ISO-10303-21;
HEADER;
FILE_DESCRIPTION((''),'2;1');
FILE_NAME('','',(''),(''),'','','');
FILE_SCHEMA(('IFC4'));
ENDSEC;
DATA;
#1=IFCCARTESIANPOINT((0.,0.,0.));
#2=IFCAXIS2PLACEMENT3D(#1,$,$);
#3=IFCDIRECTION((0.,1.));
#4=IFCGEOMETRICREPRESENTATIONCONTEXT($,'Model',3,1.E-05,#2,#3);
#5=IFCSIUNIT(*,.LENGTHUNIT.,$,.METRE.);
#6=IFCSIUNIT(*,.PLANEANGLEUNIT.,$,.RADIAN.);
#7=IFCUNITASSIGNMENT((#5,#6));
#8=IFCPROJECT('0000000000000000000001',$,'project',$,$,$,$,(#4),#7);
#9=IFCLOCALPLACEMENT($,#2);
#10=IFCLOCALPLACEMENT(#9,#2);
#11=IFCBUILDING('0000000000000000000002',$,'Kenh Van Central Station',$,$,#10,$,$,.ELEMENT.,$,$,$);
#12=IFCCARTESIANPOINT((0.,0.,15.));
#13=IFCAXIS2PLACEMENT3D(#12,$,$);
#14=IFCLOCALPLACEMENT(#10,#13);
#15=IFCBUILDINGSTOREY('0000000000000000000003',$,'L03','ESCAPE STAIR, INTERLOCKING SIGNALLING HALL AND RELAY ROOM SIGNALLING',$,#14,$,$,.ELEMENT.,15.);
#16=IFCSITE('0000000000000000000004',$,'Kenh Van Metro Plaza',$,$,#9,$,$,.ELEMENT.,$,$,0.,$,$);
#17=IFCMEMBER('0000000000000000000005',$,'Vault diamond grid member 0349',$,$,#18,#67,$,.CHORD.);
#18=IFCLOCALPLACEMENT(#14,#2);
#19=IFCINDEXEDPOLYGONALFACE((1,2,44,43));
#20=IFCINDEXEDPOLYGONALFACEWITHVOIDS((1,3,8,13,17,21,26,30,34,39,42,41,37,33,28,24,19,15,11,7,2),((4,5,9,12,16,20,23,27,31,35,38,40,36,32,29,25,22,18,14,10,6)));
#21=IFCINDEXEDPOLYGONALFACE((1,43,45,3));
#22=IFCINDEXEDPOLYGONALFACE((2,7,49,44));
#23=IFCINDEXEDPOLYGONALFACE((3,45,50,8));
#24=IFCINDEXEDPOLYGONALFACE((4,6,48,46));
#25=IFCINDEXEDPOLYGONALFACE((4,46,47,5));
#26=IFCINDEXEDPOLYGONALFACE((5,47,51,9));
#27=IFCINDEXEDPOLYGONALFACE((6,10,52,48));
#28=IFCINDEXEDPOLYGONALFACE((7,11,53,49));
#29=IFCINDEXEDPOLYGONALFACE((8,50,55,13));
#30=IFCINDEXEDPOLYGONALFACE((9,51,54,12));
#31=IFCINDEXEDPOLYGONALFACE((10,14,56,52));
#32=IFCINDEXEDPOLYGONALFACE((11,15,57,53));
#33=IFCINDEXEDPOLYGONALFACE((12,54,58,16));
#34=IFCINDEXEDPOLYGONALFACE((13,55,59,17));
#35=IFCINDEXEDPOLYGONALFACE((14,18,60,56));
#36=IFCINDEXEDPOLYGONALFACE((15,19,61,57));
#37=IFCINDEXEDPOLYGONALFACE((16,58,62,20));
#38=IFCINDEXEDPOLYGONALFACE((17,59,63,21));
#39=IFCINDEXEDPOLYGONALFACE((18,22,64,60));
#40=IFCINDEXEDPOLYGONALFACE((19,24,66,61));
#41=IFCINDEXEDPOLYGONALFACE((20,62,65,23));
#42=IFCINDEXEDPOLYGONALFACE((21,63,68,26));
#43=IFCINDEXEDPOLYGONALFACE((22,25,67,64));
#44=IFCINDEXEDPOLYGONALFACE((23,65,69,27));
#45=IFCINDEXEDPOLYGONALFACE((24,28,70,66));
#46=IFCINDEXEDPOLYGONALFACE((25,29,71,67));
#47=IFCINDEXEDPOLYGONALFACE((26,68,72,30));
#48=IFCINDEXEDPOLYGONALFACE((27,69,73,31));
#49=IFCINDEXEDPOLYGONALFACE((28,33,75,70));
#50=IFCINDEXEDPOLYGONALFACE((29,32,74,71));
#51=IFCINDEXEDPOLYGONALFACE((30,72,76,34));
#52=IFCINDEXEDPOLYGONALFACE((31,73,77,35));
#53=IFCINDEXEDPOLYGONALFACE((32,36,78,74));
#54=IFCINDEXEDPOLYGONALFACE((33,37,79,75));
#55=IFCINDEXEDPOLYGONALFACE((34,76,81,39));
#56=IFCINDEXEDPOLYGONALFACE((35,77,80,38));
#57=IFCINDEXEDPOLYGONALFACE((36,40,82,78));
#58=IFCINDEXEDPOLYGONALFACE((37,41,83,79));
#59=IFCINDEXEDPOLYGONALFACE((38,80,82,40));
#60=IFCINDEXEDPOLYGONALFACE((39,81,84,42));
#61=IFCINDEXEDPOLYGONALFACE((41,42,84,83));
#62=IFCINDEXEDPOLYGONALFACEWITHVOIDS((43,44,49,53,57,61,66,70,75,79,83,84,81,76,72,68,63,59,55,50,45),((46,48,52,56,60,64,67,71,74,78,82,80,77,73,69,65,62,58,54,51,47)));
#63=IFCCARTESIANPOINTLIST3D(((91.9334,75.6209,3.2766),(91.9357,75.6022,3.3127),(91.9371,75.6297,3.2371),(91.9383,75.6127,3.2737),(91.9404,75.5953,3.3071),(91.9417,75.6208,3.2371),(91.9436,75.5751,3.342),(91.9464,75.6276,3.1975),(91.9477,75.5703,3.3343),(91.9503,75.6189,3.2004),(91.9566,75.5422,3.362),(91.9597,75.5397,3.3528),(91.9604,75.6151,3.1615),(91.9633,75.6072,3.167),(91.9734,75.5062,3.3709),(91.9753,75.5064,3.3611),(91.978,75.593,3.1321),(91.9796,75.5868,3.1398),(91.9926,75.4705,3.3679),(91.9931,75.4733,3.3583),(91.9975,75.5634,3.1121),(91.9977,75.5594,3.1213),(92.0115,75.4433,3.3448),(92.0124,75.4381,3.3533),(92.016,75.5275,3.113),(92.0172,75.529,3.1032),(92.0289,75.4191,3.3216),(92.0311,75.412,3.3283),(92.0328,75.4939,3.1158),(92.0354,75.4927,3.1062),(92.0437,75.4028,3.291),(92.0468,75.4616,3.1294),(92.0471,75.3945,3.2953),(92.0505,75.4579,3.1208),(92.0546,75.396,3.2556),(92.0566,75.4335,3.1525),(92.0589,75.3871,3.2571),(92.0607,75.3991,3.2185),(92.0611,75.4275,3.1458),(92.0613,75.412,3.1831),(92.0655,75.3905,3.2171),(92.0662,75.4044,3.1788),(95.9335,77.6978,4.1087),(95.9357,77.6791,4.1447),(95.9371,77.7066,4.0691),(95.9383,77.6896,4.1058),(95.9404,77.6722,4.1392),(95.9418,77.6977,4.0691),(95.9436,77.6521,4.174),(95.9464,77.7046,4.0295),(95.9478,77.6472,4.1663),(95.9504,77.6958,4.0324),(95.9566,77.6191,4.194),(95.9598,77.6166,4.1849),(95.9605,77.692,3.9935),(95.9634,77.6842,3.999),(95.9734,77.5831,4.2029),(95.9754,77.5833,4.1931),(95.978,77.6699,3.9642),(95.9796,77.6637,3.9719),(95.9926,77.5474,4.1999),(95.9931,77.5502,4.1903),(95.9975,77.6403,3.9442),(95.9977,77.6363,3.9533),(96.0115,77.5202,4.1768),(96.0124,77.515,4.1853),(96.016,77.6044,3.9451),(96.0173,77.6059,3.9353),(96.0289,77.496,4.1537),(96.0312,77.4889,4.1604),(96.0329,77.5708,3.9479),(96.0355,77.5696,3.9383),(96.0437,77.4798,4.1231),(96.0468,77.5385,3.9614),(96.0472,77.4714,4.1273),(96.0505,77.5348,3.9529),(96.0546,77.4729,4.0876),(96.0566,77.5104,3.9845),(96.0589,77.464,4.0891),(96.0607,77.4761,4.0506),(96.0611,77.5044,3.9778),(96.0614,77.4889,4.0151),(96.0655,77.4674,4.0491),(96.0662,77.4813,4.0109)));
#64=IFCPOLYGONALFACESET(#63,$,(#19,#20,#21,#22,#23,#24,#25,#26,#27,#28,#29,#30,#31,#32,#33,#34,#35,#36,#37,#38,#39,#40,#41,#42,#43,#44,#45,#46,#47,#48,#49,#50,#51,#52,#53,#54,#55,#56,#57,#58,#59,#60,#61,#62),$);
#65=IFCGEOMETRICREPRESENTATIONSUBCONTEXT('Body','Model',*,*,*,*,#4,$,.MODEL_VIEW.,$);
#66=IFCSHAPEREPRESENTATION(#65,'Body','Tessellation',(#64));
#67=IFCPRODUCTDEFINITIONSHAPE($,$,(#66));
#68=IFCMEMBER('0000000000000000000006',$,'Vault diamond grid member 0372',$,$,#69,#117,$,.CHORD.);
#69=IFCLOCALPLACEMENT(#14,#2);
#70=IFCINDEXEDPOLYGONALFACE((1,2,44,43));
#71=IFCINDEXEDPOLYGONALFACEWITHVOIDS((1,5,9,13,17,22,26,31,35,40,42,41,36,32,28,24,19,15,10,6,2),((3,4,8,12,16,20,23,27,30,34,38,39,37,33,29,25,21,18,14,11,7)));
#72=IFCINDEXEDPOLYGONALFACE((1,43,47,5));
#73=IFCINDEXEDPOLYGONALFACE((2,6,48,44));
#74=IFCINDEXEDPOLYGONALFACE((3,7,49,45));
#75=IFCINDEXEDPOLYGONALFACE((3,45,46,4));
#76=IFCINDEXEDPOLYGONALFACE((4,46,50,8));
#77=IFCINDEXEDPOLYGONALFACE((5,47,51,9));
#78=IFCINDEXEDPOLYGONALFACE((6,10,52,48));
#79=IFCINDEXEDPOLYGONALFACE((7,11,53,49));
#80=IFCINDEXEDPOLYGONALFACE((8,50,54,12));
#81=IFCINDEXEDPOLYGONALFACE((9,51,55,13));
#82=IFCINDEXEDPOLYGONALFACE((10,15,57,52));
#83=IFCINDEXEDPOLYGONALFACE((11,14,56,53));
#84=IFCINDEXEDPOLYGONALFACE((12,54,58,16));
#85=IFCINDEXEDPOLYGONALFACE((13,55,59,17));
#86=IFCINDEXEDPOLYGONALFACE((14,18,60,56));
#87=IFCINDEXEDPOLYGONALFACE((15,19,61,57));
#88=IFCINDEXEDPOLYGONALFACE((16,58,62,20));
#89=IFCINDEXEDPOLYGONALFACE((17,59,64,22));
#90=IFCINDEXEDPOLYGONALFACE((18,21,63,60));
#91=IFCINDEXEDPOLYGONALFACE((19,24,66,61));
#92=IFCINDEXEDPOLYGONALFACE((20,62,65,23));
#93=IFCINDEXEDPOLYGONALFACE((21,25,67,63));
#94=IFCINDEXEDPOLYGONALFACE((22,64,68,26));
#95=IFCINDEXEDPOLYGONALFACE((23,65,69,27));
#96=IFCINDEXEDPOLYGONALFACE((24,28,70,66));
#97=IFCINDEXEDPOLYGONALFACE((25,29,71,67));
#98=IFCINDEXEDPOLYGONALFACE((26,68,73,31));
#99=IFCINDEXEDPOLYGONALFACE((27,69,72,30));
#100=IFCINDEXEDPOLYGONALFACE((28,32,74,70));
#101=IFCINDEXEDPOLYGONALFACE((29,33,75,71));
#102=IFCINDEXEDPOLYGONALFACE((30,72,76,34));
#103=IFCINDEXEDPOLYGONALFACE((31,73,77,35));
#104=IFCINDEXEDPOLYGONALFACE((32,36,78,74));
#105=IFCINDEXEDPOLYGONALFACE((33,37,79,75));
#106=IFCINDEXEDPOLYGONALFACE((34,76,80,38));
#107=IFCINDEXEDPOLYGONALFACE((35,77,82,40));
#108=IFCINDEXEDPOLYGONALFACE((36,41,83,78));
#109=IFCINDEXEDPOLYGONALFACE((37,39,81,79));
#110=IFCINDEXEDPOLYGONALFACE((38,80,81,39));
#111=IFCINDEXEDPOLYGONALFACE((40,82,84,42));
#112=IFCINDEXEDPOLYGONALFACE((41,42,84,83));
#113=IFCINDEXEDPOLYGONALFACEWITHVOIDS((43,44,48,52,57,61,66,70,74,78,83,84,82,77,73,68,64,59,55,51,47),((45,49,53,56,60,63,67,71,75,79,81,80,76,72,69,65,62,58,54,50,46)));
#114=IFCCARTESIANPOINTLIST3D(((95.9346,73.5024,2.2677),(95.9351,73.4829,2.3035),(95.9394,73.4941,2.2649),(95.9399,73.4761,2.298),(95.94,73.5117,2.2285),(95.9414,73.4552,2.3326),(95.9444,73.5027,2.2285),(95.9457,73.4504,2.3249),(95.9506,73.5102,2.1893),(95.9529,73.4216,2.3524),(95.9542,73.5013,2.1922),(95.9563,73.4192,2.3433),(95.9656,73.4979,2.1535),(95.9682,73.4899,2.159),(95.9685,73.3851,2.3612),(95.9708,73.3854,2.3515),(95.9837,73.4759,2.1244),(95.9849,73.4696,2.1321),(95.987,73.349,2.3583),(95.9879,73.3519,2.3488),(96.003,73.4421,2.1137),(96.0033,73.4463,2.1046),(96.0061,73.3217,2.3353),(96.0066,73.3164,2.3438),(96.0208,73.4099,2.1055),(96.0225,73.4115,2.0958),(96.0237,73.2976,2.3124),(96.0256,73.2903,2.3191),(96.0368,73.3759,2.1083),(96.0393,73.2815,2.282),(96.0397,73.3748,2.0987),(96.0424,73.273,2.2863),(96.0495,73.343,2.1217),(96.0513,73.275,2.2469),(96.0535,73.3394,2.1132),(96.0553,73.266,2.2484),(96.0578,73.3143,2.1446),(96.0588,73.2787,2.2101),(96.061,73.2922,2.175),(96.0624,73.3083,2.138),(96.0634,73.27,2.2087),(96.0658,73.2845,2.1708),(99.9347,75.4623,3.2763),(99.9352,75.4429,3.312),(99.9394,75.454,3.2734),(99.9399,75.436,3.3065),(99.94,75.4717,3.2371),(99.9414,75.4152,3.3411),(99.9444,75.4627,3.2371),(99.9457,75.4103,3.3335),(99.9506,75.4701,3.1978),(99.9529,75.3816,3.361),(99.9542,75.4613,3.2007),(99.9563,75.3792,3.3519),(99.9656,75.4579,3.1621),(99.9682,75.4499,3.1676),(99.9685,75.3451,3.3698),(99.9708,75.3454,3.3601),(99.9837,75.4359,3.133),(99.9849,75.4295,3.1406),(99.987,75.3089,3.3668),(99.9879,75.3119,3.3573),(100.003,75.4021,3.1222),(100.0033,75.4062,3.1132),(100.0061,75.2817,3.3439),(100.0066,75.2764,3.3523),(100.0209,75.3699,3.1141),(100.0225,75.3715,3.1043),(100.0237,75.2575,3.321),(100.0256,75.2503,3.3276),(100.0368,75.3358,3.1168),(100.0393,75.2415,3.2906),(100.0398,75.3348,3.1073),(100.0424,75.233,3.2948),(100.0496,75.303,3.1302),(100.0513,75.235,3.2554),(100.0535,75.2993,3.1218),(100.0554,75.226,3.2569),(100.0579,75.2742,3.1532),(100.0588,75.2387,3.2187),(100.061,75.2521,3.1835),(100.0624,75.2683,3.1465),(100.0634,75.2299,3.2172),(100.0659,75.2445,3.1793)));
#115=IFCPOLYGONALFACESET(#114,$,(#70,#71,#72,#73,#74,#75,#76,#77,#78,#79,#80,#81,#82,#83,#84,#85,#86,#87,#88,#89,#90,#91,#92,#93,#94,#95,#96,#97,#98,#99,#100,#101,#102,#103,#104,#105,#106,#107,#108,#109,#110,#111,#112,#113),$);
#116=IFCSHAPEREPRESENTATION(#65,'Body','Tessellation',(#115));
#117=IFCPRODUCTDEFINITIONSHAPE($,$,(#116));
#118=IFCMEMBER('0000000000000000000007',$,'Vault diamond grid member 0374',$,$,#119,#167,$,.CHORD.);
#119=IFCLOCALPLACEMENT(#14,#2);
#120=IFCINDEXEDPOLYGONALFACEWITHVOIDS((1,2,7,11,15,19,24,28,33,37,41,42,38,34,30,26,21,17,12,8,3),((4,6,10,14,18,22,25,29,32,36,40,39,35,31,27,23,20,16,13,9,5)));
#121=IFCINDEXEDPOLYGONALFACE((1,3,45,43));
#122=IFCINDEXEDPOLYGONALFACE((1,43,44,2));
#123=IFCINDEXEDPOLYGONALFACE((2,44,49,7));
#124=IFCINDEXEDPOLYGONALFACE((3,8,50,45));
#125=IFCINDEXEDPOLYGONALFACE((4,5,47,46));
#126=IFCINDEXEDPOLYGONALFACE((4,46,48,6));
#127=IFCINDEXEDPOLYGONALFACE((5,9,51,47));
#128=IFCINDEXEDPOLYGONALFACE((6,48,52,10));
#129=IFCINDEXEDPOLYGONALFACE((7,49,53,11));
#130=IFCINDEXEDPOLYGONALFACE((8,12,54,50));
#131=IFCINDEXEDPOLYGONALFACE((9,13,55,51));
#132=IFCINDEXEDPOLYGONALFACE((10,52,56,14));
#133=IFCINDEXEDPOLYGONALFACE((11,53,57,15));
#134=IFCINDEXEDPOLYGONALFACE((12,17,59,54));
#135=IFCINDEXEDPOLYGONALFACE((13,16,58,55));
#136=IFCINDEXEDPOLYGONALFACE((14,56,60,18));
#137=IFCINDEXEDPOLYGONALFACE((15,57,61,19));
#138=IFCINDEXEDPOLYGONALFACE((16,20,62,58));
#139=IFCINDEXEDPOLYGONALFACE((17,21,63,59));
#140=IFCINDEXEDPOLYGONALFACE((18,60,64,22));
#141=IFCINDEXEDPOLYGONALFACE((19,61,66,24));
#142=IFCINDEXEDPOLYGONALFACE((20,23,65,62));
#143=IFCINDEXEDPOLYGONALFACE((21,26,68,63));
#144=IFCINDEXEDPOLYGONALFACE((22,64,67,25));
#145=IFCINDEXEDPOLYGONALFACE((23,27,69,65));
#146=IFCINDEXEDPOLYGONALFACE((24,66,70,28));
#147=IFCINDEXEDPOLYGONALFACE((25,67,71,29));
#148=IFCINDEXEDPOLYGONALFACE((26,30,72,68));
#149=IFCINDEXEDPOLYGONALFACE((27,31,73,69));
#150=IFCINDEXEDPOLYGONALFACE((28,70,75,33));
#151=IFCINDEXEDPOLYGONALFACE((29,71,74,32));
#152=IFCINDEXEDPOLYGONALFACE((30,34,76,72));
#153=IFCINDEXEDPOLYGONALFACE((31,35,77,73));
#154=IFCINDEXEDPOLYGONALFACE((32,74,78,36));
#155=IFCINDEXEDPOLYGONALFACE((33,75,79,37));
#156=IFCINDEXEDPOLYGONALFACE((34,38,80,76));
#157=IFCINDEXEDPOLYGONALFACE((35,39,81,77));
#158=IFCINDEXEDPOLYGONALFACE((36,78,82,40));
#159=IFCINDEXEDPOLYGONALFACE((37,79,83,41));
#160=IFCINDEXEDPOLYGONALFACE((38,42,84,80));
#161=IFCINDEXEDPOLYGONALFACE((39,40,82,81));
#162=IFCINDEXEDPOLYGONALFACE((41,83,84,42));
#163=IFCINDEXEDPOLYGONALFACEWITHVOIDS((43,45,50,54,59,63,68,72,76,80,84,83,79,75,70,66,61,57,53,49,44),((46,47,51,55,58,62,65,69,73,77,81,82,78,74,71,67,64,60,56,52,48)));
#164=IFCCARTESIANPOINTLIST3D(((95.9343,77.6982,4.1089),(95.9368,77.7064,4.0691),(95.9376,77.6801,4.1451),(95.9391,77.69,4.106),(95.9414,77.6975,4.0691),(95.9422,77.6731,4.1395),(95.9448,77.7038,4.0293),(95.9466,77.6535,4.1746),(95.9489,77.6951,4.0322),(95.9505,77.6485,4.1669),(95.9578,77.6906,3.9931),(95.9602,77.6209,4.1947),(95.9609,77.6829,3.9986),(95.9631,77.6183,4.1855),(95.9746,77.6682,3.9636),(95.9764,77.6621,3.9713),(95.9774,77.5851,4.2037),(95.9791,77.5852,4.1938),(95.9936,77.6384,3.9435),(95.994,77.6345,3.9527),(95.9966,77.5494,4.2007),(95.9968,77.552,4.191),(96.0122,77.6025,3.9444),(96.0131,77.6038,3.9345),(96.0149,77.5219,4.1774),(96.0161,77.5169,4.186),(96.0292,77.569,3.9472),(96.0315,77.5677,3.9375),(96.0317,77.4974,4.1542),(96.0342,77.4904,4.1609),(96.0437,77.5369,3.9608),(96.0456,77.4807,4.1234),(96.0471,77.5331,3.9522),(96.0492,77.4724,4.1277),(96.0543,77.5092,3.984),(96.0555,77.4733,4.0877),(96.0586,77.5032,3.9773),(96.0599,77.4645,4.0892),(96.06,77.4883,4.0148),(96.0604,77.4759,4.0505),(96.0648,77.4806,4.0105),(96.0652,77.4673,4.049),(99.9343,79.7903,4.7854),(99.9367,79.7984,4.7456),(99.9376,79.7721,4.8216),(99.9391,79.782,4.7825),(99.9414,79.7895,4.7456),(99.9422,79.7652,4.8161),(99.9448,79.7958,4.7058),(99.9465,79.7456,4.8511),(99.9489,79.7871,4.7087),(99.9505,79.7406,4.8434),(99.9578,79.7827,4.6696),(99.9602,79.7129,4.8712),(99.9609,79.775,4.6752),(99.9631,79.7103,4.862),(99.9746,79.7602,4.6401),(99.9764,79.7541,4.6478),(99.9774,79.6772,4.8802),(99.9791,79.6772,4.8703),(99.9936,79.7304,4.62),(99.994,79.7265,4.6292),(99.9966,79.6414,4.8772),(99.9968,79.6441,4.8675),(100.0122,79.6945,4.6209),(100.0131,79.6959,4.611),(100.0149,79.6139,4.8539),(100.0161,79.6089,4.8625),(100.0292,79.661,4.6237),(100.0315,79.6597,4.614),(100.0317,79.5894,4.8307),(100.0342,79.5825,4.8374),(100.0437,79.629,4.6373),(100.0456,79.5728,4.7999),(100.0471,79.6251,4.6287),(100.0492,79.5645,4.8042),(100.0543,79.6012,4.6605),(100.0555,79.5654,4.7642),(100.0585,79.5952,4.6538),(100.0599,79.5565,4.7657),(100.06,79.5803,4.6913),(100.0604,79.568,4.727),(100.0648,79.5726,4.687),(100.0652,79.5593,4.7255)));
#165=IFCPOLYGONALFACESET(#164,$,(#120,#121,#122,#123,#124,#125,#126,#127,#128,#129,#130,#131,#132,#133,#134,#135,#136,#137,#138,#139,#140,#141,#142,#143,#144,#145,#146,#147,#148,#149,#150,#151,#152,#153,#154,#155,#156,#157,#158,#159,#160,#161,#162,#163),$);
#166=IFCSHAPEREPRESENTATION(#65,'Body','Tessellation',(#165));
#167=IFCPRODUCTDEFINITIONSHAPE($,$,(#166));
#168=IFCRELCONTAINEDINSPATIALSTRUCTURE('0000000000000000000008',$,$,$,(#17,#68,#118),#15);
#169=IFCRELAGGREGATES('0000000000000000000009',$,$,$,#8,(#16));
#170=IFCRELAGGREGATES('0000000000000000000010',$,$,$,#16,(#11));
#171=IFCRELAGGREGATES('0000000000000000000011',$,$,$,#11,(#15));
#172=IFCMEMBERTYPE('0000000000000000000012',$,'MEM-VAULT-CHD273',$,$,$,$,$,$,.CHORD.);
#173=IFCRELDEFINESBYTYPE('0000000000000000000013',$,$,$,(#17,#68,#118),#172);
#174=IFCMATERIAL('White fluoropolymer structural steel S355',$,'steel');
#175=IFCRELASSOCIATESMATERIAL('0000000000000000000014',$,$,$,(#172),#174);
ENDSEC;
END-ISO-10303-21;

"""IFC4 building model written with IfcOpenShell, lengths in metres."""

from ifc_helpers import new_model, si_unit, direction, frame, origin, origin_2d, place, context, subcontext, project, spatial, hollow_circle, extrude, material, material_profile, profile_set, type_object, element, save


model = new_model("IFC4")

# Units and contexts
model_context = context("Model", 3, precision=1e-05, world=origin(), true_north=direction((0.0, 1.0)))
body_context = subcontext(model_context, "Body", "Model", "MODEL_VIEW")
ifc_project = project(units=[si_unit("LENGTHUNIT", "METRE"), si_unit("PLANEANGLEUNIT", "RADIAN")], contexts=[model_context])

# Site, building, storey
site_placement = place(None, origin())
site = spatial("IfcSite", under=ifc_project, at=site_placement, Name="Kenh Van Metro Plaza", CompositionType="ELEMENT", RefElevation=0.0)
building_placement = place(site_placement, origin())
building = spatial("IfcBuilding", under=site, at=building_placement, Name="Kenh Van Central Station", CompositionType="ELEMENT")
storey_placement = place(building_placement, frame((0.0, 0.0, 15.0)))
storey = spatial("IfcBuildingStorey", under=building, at=storey_placement, Name="L03", Description="ESCAPE STAIR, INTERLOCKING SIGNALLING HALL AND RELAY ROOM SIGNALLING", CompositionType="ELEMENT", Elevation=15.0)

# Shared definitions
ifc_material_1 = material(Name="White fluoropolymer structural steel S355", Category="steel")

# Members
ifc_material_profile_1 = material_profile(ifc_material_1, hollow_circle(Radius=0.1365, WallThickness=0.01, at=origin_2d()), Name="CHS 273x10")
ifc_profile_set_1 = profile_set([ifc_material_profile_1], Name="White fluoropolymer structural steel S355")
member_type_1 = type_object("IfcMemberType", Name="MEM-VAULT-CHD273", PredefinedType="CHORD", material=ifc_profile_set_1)
member_1_placement = place(storey_placement, frame((92.0, 75.5085, 3.2371), z_axis=(0.872751, 0.453155, 0.181539), x_axis=(-0.460812, 0.887498, 0.0)))
element("IfcMember", 1, at=member_1_placement, inside=storey, type_object=member_type_1, Name="Vault diamond grid member 0349", PredefinedType="CHORD", context=body_context, shape_type="SweptSolid", body=[
    extrude(hollow_circle(Radius=0.1365, WallThickness=0.01, at=origin_2d()), origin(), (0.0, 0.0, 1.0), 4.5833),
])
member_2_placement = place(storey_placement, frame((96.0, 73.3892, 2.2285), z_axis=(0.875825, 0.429146, 0.220827), x_axis=(-0.440008, 0.897994, 0.0)))
element("IfcMember", 2, at=member_2_placement, inside=storey, type_object=member_type_1, Name="Vault diamond grid member 0372", PredefinedType="CHORD", context=body_context, shape_type="SweptSolid", body=[
    extrude(hollow_circle(Radius=0.1365, WallThickness=0.01, at=origin_2d()), origin(), (0.0, 0.0, 1.0), 4.5671),
])
member_3_placement = place(storey_placement, frame((96.0, 77.5854, 4.0691), z_axis=(0.876336, 0.458333, 0.148213), x_axis=(-0.463451, 0.886122, 0.0)))
element("IfcMember", 3, at=member_3_placement, inside=storey, type_object=member_type_1, Name="Vault diamond grid member 0374", PredefinedType="CHORD", context=body_context, shape_type="SweptSolid", body=[
    extrude(hollow_circle(Radius=0.1365, WallThickness=0.01, at=origin_2d()), origin(), (0.0, 0.0, 1.0), 4.5645),
])

save(model, "model.ifc")
